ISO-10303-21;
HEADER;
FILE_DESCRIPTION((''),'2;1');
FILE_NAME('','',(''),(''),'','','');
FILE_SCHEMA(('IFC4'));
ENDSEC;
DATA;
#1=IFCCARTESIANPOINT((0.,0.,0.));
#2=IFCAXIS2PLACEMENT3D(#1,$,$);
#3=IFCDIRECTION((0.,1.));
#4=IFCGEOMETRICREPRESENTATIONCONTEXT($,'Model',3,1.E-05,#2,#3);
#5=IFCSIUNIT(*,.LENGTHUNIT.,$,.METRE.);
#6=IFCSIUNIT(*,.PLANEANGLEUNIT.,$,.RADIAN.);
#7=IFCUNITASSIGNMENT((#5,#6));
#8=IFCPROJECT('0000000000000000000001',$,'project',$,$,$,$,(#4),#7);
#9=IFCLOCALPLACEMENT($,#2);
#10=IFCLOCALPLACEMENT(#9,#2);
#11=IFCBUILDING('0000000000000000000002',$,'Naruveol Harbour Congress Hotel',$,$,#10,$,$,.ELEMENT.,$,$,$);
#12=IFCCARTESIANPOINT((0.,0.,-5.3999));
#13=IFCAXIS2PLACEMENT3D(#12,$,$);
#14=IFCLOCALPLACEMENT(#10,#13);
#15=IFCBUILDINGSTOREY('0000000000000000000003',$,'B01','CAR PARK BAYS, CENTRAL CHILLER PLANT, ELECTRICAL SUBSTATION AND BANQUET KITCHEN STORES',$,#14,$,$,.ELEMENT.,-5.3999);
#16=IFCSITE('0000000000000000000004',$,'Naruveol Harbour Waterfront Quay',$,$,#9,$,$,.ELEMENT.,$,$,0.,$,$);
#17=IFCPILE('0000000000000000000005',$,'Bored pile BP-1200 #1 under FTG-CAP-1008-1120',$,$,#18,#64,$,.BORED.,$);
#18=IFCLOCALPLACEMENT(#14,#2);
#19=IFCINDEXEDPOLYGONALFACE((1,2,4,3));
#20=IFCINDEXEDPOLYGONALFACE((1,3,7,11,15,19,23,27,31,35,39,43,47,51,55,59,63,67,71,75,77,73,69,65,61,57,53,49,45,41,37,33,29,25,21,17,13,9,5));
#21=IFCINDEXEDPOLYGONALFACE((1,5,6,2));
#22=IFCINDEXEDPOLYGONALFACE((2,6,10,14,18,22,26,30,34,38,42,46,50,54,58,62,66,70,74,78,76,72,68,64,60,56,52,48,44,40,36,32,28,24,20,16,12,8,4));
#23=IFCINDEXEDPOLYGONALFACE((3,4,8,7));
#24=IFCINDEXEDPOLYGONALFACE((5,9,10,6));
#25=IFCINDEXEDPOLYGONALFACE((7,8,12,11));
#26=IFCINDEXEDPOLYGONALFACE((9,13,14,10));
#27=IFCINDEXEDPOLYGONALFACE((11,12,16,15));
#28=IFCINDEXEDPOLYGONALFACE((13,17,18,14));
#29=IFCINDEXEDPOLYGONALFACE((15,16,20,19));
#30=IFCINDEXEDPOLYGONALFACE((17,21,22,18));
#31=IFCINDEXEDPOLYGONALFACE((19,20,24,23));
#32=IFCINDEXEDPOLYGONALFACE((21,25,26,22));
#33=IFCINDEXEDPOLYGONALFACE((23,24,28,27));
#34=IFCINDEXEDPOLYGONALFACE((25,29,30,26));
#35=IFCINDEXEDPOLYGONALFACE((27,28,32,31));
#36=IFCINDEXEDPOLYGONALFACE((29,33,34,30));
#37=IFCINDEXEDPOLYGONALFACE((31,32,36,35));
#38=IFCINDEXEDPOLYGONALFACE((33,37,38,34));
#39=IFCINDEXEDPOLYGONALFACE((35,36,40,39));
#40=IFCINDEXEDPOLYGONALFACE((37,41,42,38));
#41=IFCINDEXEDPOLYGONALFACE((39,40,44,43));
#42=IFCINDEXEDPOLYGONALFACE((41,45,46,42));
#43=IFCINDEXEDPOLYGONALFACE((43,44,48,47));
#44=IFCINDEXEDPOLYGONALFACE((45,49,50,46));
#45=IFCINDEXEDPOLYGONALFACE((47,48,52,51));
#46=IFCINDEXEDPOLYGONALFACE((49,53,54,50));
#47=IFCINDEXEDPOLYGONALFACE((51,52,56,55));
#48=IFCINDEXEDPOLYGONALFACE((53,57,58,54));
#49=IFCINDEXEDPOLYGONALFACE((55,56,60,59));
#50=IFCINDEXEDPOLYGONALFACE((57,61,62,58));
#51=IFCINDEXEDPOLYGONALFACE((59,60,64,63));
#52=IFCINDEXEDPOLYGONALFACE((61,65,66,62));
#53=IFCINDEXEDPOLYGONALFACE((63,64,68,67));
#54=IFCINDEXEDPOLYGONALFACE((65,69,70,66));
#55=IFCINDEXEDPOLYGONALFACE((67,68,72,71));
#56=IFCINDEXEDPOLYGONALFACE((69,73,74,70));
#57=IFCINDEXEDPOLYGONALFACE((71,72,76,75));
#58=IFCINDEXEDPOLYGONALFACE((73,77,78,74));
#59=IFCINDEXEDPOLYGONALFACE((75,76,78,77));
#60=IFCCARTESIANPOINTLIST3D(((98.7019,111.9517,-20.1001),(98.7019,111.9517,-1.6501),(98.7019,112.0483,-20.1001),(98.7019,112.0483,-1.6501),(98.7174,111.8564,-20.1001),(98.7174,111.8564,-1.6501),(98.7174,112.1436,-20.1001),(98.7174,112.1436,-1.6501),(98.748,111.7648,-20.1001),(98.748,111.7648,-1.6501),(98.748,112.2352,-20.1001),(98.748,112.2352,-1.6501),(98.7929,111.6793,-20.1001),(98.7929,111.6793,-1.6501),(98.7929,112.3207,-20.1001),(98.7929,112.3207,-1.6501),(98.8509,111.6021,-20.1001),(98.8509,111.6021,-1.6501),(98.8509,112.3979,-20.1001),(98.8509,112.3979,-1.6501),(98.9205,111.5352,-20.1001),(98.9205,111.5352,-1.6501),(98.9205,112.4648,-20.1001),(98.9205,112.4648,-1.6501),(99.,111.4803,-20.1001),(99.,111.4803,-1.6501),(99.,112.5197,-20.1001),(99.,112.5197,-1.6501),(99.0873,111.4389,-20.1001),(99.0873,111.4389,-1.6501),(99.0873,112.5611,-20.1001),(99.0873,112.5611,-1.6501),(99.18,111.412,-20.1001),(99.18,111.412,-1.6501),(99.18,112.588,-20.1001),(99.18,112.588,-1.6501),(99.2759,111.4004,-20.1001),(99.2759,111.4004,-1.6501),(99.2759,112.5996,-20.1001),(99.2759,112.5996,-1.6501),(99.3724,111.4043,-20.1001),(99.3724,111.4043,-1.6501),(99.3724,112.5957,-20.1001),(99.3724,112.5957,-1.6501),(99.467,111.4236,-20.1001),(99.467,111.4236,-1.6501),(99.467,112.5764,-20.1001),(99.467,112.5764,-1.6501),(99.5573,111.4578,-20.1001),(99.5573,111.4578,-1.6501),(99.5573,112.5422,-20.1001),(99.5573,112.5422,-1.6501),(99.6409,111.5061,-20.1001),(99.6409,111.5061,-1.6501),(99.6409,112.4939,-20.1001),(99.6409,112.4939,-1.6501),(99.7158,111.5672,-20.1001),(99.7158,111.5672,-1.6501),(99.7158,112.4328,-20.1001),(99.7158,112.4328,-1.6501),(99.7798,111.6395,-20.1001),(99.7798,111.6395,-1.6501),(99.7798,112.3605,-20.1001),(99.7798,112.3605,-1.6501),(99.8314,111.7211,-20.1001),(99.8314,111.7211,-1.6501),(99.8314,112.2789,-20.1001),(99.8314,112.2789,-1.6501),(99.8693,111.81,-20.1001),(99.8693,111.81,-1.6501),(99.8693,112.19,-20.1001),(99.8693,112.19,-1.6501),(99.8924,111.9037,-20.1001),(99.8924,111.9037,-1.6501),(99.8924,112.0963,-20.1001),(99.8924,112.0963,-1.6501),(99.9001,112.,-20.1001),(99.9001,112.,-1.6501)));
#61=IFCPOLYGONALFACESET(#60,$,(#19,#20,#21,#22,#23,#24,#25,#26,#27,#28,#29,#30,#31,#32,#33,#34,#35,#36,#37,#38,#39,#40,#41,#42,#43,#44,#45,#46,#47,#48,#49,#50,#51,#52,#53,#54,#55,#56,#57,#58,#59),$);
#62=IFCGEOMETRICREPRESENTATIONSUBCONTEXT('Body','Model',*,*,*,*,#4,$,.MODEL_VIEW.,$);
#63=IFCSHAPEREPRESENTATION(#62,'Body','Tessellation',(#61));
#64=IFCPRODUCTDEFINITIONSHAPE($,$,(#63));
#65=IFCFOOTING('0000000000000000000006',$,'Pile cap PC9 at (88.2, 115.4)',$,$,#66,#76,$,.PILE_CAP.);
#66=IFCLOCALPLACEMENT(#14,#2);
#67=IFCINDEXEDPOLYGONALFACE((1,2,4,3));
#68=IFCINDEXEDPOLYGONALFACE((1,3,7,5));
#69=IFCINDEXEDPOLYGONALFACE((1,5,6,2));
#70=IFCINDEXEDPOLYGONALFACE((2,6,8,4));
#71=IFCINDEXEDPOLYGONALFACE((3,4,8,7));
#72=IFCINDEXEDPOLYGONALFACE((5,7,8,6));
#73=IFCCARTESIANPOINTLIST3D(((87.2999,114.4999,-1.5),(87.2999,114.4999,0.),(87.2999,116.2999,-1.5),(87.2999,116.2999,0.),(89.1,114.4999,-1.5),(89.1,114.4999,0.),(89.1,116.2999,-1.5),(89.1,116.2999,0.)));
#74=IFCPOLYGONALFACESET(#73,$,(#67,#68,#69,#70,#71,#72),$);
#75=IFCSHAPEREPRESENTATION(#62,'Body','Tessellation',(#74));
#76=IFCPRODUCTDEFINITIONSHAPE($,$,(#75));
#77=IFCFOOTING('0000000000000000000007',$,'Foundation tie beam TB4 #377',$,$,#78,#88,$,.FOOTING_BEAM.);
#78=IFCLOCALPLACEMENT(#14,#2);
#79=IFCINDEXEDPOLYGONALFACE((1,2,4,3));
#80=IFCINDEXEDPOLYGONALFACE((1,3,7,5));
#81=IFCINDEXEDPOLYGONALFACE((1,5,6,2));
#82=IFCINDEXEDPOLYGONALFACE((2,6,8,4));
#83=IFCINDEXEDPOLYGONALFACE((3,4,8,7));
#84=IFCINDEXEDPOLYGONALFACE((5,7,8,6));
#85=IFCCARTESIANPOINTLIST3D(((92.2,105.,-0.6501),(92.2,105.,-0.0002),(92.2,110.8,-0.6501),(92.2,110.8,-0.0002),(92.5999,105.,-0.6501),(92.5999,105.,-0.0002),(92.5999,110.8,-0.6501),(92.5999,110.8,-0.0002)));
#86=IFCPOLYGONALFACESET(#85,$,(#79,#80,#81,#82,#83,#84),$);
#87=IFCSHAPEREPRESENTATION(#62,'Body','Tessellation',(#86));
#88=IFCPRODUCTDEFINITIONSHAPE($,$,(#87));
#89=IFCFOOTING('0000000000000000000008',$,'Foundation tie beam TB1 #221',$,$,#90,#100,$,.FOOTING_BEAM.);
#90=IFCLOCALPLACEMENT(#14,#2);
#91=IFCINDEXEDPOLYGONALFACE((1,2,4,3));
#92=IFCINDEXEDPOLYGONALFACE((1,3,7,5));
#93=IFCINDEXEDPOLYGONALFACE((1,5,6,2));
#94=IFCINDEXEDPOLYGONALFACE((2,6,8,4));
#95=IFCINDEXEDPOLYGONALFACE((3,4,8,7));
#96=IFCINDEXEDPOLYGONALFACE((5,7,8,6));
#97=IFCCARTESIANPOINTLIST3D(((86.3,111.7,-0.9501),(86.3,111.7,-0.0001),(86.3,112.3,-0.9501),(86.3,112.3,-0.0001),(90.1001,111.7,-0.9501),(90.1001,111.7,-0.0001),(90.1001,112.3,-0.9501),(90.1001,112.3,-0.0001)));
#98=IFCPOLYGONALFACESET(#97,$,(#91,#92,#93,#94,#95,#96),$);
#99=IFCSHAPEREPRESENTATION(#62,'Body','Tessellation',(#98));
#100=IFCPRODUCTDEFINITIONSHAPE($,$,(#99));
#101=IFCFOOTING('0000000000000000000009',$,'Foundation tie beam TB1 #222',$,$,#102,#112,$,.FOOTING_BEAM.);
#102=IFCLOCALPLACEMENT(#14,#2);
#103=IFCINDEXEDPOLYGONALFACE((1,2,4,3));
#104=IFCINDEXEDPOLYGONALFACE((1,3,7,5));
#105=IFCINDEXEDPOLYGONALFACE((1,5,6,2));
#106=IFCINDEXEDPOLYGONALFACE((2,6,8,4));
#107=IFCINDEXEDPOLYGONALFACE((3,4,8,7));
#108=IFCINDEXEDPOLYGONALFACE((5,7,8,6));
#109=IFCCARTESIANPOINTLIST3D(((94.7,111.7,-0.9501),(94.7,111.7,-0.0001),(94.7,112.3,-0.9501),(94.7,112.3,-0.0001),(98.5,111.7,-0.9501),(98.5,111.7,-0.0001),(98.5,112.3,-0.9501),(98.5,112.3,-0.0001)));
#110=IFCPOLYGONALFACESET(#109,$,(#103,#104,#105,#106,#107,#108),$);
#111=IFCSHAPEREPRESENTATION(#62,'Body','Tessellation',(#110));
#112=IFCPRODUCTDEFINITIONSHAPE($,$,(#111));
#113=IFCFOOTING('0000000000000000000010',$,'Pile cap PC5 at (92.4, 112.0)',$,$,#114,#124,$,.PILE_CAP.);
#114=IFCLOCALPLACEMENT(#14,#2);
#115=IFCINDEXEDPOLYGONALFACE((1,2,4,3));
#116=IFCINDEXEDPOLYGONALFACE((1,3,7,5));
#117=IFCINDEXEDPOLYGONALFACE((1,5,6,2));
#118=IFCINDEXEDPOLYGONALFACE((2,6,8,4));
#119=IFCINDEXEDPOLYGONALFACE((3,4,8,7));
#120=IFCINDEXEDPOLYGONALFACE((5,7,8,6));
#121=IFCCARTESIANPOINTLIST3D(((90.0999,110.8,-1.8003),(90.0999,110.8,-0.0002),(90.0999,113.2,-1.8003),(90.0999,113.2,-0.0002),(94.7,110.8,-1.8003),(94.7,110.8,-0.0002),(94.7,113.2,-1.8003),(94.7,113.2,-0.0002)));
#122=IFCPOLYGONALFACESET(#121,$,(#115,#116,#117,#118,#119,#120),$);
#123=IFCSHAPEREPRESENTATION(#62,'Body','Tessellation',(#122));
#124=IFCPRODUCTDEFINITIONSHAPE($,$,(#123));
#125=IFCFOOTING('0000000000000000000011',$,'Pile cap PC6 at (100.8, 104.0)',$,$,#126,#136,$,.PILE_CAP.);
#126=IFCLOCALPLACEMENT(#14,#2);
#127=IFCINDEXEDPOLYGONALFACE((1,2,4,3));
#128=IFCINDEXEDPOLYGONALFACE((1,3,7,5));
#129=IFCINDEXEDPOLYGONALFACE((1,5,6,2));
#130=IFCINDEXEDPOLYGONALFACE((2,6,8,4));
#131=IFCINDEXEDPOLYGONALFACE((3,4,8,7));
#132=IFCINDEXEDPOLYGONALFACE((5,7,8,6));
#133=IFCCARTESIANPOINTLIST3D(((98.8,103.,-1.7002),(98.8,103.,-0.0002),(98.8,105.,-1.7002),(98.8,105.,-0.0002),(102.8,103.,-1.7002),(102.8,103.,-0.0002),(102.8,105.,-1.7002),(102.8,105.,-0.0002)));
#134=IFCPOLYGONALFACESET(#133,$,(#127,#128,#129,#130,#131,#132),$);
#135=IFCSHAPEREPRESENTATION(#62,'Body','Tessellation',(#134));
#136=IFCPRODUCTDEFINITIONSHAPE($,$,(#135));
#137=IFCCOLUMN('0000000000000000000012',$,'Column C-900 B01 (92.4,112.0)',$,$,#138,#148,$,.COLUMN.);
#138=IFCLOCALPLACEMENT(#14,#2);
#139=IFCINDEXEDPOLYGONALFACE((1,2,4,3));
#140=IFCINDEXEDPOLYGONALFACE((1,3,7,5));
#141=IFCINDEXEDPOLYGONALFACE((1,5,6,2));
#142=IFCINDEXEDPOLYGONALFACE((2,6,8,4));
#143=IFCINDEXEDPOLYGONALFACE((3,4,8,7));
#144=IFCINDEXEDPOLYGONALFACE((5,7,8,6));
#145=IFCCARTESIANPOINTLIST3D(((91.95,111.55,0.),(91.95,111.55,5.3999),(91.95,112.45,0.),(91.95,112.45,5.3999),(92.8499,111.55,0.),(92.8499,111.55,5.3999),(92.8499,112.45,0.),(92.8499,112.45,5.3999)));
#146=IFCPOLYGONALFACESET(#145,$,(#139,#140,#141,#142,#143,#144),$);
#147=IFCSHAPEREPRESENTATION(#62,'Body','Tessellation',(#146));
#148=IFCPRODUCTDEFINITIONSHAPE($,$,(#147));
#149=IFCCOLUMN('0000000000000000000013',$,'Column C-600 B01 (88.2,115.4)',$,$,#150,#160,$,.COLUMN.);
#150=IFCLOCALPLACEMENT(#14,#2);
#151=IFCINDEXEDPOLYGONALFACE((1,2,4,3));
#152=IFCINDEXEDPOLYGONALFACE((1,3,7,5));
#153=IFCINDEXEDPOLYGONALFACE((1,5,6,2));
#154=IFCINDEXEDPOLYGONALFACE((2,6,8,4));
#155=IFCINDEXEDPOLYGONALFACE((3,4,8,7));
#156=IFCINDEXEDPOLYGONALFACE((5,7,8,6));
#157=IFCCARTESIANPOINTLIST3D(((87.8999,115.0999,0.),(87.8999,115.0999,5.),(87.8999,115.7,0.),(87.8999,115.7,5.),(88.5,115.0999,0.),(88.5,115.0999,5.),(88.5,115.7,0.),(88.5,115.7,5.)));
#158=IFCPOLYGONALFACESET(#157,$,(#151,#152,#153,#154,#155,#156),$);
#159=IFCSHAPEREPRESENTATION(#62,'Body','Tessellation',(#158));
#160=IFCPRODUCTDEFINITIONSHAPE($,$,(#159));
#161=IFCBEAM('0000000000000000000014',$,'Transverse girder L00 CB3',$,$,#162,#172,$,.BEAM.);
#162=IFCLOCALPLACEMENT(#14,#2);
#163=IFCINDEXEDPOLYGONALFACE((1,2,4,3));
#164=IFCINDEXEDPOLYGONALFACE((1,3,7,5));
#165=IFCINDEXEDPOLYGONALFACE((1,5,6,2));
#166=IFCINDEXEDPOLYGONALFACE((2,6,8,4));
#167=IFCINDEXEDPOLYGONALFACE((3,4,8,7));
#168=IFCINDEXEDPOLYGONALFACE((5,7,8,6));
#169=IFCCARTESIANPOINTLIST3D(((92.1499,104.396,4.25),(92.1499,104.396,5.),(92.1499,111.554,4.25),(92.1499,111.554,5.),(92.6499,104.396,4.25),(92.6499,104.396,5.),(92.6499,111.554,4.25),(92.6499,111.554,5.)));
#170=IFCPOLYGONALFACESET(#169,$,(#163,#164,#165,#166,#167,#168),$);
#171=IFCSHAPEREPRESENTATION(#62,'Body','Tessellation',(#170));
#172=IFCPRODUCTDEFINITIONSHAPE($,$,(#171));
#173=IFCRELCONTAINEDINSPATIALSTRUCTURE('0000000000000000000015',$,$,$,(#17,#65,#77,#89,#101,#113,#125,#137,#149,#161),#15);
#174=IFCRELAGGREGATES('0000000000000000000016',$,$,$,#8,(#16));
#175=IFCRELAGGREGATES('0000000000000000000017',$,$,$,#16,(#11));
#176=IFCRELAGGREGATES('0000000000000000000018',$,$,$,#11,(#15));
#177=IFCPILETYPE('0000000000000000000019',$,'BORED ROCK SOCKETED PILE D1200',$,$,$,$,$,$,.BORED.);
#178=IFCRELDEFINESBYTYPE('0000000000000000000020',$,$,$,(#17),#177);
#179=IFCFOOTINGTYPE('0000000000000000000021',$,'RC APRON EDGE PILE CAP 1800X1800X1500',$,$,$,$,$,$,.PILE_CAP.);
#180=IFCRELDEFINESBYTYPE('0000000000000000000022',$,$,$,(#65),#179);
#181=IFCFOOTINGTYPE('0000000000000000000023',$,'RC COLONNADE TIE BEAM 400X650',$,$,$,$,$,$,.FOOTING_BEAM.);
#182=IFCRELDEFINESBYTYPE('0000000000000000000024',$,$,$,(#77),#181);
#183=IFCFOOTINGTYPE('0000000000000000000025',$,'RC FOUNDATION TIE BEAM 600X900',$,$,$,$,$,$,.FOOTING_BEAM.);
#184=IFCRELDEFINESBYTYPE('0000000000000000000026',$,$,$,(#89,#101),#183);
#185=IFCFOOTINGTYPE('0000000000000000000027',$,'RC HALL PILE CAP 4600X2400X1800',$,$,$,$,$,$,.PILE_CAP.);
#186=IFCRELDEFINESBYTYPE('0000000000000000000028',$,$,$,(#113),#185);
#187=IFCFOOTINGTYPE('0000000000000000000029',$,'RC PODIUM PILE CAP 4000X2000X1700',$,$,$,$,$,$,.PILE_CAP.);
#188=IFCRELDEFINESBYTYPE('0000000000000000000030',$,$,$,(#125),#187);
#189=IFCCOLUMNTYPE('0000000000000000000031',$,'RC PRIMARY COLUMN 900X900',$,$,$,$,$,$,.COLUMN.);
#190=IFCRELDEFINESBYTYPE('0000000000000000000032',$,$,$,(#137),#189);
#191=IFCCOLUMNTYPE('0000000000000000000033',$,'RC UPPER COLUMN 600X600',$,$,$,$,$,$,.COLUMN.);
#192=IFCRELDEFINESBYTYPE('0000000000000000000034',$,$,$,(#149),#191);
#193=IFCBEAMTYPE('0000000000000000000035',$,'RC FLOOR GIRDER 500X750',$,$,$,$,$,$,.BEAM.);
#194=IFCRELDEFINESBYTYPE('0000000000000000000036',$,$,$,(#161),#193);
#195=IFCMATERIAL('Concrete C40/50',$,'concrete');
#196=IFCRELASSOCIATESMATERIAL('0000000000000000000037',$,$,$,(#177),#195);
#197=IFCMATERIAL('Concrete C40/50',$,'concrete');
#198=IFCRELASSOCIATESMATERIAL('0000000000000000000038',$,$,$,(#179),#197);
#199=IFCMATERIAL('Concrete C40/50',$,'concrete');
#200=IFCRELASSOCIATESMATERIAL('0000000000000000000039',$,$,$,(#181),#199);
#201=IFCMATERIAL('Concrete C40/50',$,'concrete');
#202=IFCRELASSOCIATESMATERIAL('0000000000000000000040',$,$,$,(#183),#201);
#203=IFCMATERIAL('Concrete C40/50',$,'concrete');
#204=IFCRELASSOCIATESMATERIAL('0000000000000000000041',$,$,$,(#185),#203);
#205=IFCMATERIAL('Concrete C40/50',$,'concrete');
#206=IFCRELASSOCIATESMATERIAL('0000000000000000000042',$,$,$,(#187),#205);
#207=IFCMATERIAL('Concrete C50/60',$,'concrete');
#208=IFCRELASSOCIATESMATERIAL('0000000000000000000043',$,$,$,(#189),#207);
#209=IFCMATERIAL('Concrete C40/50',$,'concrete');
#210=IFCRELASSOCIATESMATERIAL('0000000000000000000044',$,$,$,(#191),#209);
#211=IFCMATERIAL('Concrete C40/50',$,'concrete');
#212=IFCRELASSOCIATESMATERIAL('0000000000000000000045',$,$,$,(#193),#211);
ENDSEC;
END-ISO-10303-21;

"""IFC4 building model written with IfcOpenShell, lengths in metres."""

from ifc_helpers import new_model, si_unit, direction, frame, origin, origin_2d, place, context, subcontext, project, spatial, rectangle, circle, extrude, material, material_profile, profile_set, type_object, element, save


model = new_model("IFC4")

# Units and contexts
model_context = context("Model", 3, precision=1e-05, world=origin(), true_north=direction((0.0, 1.0)))
body_context = subcontext(model_context, "Body", "Model", "MODEL_VIEW")
ifc_project = project(units=[si_unit("LENGTHUNIT", "METRE"), si_unit("PLANEANGLEUNIT", "RADIAN")], contexts=[model_context])

# Site, building, storey
site_placement = place(None, origin())
site = spatial("IfcSite", under=ifc_project, at=site_placement, Name="Naruveol Harbour Waterfront Quay", CompositionType="ELEMENT", RefElevation=0.0)
building_placement = place(site_placement, origin())
building = spatial("IfcBuilding", under=site, at=building_placement, Name="Naruveol Harbour Congress Hotel", CompositionType="ELEMENT")
storey_placement = place(building_placement, frame((0.0, 0.0, -5.3999)))
storey = spatial("IfcBuildingStorey", under=building, at=storey_placement, Name="B01", Description="CAR PARK BAYS, CENTRAL CHILLER PLANT, ELECTRICAL SUBSTATION AND BANQUET KITCHEN STORES", CompositionType="ELEMENT", Elevation=-5.3999)

# Pile
ifc_material_1 = material(Name="Concrete C40/50", Category="concrete")
ifc_material_profile_1 = material_profile(ifc_material_1, circle(Radius=0.6001, at=origin_2d()), Name="BP-1200")
ifc_profile_set_1 = profile_set([ifc_material_profile_1], Name="Concrete C40/50")
pile_type_1 = type_object("IfcPileType", Name="BORED ROCK SOCKETED PILE D1200", PredefinedType="BORED", material=ifc_profile_set_1)
for number, where, z_axis, x_axis, name in (
    (1, (99.3, 112.0, -1.6501), (0.0, 0.0, -1.0), (1.0, 0.0, 0.0), "Bored pile BP-1200 #1 under FTG-CAP-1008-1120"),
):
    element("IfcPile", number, at=place(storey_placement, frame(where, z_axis=z_axis, x_axis=x_axis)), inside=storey, type_object=pile_type_1, Name=name, PredefinedType="BORED", context=body_context, shape_type="SweptSolid", body=[
        extrude(circle(Radius=0.6001, at=origin_2d()), origin(), (0.0, 0.0, 1.0), 18.45),
    ])

# Footings
ifc_material_2 = material(Name="Concrete C40/50", Category="concrete")
footing_type_1 = type_object("IfcFootingType", Name="RC APRON EDGE PILE CAP 1800X1800X1500", PredefinedType="PILE_CAP", material=ifc_material_2)
footing_1_placement = place(storey_placement, frame((88.2, 115.3999, -1.5), z_axis=(0.0, 0.0, 1.0), x_axis=(1.0, 0.0, 0.0)))
element("IfcFooting", 2, at=footing_1_placement, inside=storey, type_object=footing_type_1, Name="Pile cap PC9 at (88.2, 115.4)", PredefinedType="PILE_CAP", context=body_context, shape_type="SweptSolid", body=[
    extrude(rectangle(XDim=1.8, YDim=1.8, at=origin_2d()), origin(), (0.0, 0.0, 1.0), 1.5),
])
ifc_material_3 = material(Name="Concrete C40/50", Category="concrete")
ifc_material_profile_2 = material_profile(ifc_material_3, rectangle(XDim=0.3999, YDim=0.6499, at=origin_2d()), Name="RCB-400x650")
ifc_profile_set_2 = profile_set([ifc_material_profile_2], Name="Concrete C40/50")
footing_type_2 = type_object("IfcFootingType", Name="RC COLONNADE TIE BEAM 400X650", PredefinedType="FOOTING_BEAM", material=ifc_profile_set_2)
footing_2_placement = place(storey_placement, frame((92.3999, 105.0, -0.3252), z_axis=(0.0, 1.0, 0.0), x_axis=(-1.0, 0.0, 0.0)))
element("IfcFooting", 3, at=footing_2_placement, inside=storey, type_object=footing_type_2, Name="Foundation tie beam TB4 #377", PredefinedType="FOOTING_BEAM", context=body_context, shape_type="SweptSolid", body=[
    extrude(rectangle(XDim=0.3999, YDim=0.6499, at=origin_2d()), origin(), (0.0, 0.0, 1.0), 5.8),
])
ifc_material_4 = material(Name="Concrete C40/50", Category="concrete")
ifc_material_profile_3 = material_profile(ifc_material_4, rectangle(XDim=0.6001, YDim=0.95, at=origin_2d()), Name="RCB-600x950")
ifc_profile_set_3 = profile_set([ifc_material_profile_3], Name="Concrete C40/50")
footing_type_3 = type_object("IfcFootingType", Name="RC FOUNDATION TIE BEAM 600X900", PredefinedType="FOOTING_BEAM", material=ifc_profile_set_3)
for number, where, z_axis, x_axis, name in (
    (4, (86.3, 112.0, -0.4751), (1.0, 0.0, 0.0), (0.0, 1.0, 0.0), "Foundation tie beam TB1 #221"),
    (5, (94.7, 112.0, -0.4751), (1.0, 0.0, 0.0), (0.0, 1.0, 0.0), "Foundation tie beam TB1 #222"),
):
    element("IfcFooting", number, at=place(storey_placement, frame(where, z_axis=z_axis, x_axis=x_axis)), inside=storey, type_object=footing_type_3, Name=name, PredefinedType="FOOTING_BEAM", context=body_context, shape_type="SweptSolid", body=[
        extrude(rectangle(XDim=0.6001, YDim=0.95, at=origin_2d()), origin(), (0.0, 0.0, 1.0), 3.8),
    ])
ifc_material_5 = material(Name="Concrete C40/50", Category="concrete")
footing_type_4 = type_object("IfcFootingType", Name="RC HALL PILE CAP 4600X2400X1800", PredefinedType="PILE_CAP", material=ifc_material_5)
footing_3_placement = place(storey_placement, frame((92.3999, 112.0, -1.8003), z_axis=(0.0, 0.0, 1.0), x_axis=(1.0, 0.0, 0.0)))
element("IfcFooting", 6, at=footing_3_placement, inside=storey, type_object=footing_type_4, Name="Pile cap PC5 at (92.4, 112.0)", PredefinedType="PILE_CAP", context=body_context, shape_type="SweptSolid", body=[
    extrude(rectangle(XDim=4.6001, YDim=2.3999, at=origin_2d()), origin(), (0.0, 0.0, 1.0), 1.8),
])
ifc_material_6 = material(Name="Concrete C40/50", Category="concrete")
footing_type_5 = type_object("IfcFootingType", Name="RC PODIUM PILE CAP 4000X2000X1700", PredefinedType="PILE_CAP", material=ifc_material_6)
footing_4_placement = place(storey_placement, frame((100.8, 104.0, -1.7002), z_axis=(0.0, 0.0, 1.0), x_axis=(1.0, 0.0, 0.0)))
element("IfcFooting", 7, at=footing_4_placement, inside=storey, type_object=footing_type_5, Name="Pile cap PC6 at (100.8, 104.0)", PredefinedType="PILE_CAP", context=body_context, shape_type="SweptSolid", body=[
    extrude(rectangle(XDim=4.0, YDim=2.0, at=origin_2d()), origin(), (0.0, 0.0, 1.0), 1.7),
])

# Columns
ifc_material_7 = material(Name="Concrete C50/60", Category="concrete")
ifc_material_profile_4 = material_profile(ifc_material_7, rectangle(XDim=0.8999, YDim=0.8999, at=origin_2d()), Name="RC-900x900")
ifc_profile_set_4 = profile_set([ifc_material_profile_4], Name="Concrete C50/60")
column_type_1 = type_object("IfcColumnType", Name="RC PRIMARY COLUMN 900X900", PredefinedType="COLUMN", material=ifc_profile_set_4)
column_1_placement = place(storey_placement, frame((92.3999, 112.0, 0.0), z_axis=(0.0, 0.0, 1.0), x_axis=(1.0, 0.0, 0.0)))
element("IfcColumn", 8, at=column_1_placement, inside=storey, type_object=column_type_1, Name="Column C-900 B01 (92.4,112.0)", PredefinedType="COLUMN", context=body_context, shape_type="SweptSolid", body=[
    extrude(rectangle(XDim=0.8999, YDim=0.8999, at=origin_2d()), origin(), (0.0, 0.0, 1.0), 5.3999),
])
ifc_material_8 = material(Name="Concrete C40/50", Category="concrete")
ifc_material_profile_5 = material_profile(ifc_material_8, rectangle(XDim=0.6001, YDim=0.6001, at=origin_2d()), Name="RC-600x600")
ifc_profile_set_5 = profile_set([ifc_material_profile_5], Name="Concrete C40/50")
column_type_2 = type_object("IfcColumnType", Name="RC UPPER COLUMN 600X600", PredefinedType="COLUMN", material=ifc_profile_set_5)
column_2_placement = place(storey_placement, frame((88.2, 115.3999, 0.0), z_axis=(0.0, 0.0, 1.0), x_axis=(1.0, 0.0, 0.0)))
element("IfcColumn", 9, at=column_2_placement, inside=storey, type_object=column_type_2, Name="Column C-600 B01 (88.2,115.4)", PredefinedType="COLUMN", context=body_context, shape_type="SweptSolid", body=[
    extrude(rectangle(XDim=0.6001, YDim=0.6001, at=origin_2d()), origin(), (0.0, 0.0, 1.0), 5.0),
])

# Beam
ifc_material_9 = material(Name="Concrete C40/50", Category="concrete")
ifc_material_profile_6 = material_profile(ifc_material_9, rectangle(XDim=0.5, YDim=0.75, at=origin_2d()), Name="RCB-500x750")
ifc_profile_set_6 = profile_set([ifc_material_profile_6], Name="Concrete C40/50")
beam_type_1 = type_object("IfcBeamType", Name="RC FLOOR GIRDER 500X750", PredefinedType="BEAM", material=ifc_profile_set_6)
beam_placement = place(storey_placement, frame((92.3999, 104.396, 4.625), z_axis=(0.0, 1.0, 0.0), x_axis=(-1.0, 0.0, 0.0)))
element("IfcBeam", 10, at=beam_placement, inside=storey, type_object=beam_type_1, Name="Transverse girder L00 CB3", PredefinedType="BEAM", context=body_context, shape_type="SweptSolid", body=[
    extrude(rectangle(XDim=0.5, YDim=0.75, at=origin_2d()), origin(), (0.0, 0.0, 1.0), 7.158),
])

save(model, "model.ifc")
